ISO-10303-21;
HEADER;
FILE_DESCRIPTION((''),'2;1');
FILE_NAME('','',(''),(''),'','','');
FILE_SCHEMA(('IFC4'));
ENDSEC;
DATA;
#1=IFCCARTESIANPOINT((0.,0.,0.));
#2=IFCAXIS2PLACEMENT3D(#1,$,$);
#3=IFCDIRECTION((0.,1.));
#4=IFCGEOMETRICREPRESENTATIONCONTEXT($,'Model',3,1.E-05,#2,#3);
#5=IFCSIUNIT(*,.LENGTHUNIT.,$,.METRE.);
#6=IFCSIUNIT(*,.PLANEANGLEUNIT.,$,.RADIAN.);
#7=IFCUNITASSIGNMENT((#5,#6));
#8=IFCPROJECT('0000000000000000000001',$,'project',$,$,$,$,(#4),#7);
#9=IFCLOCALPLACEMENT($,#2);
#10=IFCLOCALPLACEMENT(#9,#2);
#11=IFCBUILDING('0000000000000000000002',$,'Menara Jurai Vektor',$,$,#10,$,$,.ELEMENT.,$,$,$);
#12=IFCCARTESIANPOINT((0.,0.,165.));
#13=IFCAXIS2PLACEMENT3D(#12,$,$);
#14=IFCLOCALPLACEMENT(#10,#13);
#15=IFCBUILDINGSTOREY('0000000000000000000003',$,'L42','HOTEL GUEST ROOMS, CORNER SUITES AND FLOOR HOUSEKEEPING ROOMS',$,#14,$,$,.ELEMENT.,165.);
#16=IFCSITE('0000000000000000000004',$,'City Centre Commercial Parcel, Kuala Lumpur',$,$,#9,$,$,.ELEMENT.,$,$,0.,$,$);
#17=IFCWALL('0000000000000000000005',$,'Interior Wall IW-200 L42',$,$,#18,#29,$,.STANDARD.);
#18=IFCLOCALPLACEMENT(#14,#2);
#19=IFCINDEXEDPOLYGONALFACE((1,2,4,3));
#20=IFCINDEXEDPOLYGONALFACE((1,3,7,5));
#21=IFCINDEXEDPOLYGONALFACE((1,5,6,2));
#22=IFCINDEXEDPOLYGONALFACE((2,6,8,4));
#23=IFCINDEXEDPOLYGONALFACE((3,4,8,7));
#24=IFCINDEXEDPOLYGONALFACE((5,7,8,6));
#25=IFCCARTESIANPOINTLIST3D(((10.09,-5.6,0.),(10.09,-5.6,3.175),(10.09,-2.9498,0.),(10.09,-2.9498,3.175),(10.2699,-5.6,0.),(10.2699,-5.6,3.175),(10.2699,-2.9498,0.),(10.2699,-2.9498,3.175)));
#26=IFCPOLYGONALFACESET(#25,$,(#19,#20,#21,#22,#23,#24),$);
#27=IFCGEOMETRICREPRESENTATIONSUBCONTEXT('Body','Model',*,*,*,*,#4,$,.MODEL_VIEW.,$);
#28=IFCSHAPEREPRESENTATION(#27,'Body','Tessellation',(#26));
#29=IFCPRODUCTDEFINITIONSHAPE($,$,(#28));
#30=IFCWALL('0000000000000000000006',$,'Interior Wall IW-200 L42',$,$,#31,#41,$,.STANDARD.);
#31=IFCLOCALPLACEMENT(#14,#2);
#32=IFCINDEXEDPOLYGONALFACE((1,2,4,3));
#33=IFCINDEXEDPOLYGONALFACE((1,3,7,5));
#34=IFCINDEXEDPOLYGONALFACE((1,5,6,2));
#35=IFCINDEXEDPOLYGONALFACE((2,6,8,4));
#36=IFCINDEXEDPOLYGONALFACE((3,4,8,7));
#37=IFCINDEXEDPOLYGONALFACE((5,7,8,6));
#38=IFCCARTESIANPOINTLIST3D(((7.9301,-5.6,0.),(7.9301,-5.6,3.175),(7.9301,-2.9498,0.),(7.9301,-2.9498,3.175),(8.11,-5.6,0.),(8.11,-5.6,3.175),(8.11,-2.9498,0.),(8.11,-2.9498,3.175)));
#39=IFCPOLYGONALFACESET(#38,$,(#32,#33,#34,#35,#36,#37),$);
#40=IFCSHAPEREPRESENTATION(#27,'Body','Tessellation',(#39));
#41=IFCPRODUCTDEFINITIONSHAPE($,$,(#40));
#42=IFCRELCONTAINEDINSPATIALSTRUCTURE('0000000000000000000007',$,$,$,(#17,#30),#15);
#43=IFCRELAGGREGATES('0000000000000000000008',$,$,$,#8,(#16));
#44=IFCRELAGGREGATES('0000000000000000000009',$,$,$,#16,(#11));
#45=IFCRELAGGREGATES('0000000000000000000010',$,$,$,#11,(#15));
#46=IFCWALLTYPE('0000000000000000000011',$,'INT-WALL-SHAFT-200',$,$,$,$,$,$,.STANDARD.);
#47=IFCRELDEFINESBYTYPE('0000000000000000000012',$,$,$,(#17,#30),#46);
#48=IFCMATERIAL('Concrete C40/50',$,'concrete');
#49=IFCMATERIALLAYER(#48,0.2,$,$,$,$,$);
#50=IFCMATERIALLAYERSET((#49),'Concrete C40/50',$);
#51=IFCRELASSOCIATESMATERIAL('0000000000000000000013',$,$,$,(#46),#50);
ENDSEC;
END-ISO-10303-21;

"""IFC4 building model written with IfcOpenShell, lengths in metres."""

from ifc_helpers import new_model, si_unit, direction, frame, frame_2d, origin, place, context, subcontext, project, spatial, rectangle, extrude, material, layer, layer_set, type_object, element, save


model = new_model("IFC4")

# Units and contexts
model_context = context("Model", 3, precision=1e-05, world=origin(), true_north=direction((0.0, 1.0)))
body_context = subcontext(model_context, "Body", "Model", "MODEL_VIEW")
ifc_project = project(units=[si_unit("LENGTHUNIT", "METRE"), si_unit("PLANEANGLEUNIT", "RADIAN")], contexts=[model_context])

# Site, building, storey
site_placement = place(None, origin())
site = spatial("IfcSite", under=ifc_project, at=site_placement, Name="City Centre Commercial Parcel, Kuala Lumpur", CompositionType="ELEMENT", RefElevation=0.0)
building_placement = place(site_placement, origin())
building = spatial("IfcBuilding", under=site, at=building_placement, Name="Menara Jurai Vektor", CompositionType="ELEMENT")
storey_placement = place(building_placement, frame((0.0, 0.0, 165.0)))
storey = spatial("IfcBuildingStorey", under=building, at=storey_placement, Name="L42", Description="HOTEL GUEST ROOMS, CORNER SUITES AND FLOOR HOUSEKEEPING ROOMS", CompositionType="ELEMENT", Elevation=165.0)

# Shared definitions
ifc_material_1 = material(Name="Concrete C40/50", Category="concrete")

# Shared definitions
ifc_layer_1 = layer(ifc_material_1, 0.2)
ifc_layer_set_1 = layer_set([ifc_layer_1], Name="Concrete C40/50")
wall_type_1 = type_object("IfcWallType", Name="INT-WALL-SHAFT-200", PredefinedType="STANDARD", material=ifc_layer_set_1)

# Walls
for number, where, z_axis, x_axis, name in (
    (1, (10.1799, -5.6001, 0.0), (0.0, 0.0, 1.0), (0.0, 1.0, 0.0), "Interior Wall IW-200 L42"),
    (2, (8.02, -5.6001, 0.0), (0.0, 0.0, 1.0), (0.0, 1.0, 0.0), "Interior Wall IW-200 L42"),
):
    element("IfcWall", number, at=place(storey_placement, frame(where, z_axis=z_axis, x_axis=x_axis)), inside=storey, type_object=wall_type_1, Name=name, PredefinedType="STANDARD", context=body_context, shape_type="SweptSolid", body=[
        extrude(rectangle(XDim=2.6501, YDim=0.1799, at=frame_2d((1.3252, 0.0))), origin(), (0.0, 0.0, 1.0), 3.175),
    ])

save(model, "model.ifc")
